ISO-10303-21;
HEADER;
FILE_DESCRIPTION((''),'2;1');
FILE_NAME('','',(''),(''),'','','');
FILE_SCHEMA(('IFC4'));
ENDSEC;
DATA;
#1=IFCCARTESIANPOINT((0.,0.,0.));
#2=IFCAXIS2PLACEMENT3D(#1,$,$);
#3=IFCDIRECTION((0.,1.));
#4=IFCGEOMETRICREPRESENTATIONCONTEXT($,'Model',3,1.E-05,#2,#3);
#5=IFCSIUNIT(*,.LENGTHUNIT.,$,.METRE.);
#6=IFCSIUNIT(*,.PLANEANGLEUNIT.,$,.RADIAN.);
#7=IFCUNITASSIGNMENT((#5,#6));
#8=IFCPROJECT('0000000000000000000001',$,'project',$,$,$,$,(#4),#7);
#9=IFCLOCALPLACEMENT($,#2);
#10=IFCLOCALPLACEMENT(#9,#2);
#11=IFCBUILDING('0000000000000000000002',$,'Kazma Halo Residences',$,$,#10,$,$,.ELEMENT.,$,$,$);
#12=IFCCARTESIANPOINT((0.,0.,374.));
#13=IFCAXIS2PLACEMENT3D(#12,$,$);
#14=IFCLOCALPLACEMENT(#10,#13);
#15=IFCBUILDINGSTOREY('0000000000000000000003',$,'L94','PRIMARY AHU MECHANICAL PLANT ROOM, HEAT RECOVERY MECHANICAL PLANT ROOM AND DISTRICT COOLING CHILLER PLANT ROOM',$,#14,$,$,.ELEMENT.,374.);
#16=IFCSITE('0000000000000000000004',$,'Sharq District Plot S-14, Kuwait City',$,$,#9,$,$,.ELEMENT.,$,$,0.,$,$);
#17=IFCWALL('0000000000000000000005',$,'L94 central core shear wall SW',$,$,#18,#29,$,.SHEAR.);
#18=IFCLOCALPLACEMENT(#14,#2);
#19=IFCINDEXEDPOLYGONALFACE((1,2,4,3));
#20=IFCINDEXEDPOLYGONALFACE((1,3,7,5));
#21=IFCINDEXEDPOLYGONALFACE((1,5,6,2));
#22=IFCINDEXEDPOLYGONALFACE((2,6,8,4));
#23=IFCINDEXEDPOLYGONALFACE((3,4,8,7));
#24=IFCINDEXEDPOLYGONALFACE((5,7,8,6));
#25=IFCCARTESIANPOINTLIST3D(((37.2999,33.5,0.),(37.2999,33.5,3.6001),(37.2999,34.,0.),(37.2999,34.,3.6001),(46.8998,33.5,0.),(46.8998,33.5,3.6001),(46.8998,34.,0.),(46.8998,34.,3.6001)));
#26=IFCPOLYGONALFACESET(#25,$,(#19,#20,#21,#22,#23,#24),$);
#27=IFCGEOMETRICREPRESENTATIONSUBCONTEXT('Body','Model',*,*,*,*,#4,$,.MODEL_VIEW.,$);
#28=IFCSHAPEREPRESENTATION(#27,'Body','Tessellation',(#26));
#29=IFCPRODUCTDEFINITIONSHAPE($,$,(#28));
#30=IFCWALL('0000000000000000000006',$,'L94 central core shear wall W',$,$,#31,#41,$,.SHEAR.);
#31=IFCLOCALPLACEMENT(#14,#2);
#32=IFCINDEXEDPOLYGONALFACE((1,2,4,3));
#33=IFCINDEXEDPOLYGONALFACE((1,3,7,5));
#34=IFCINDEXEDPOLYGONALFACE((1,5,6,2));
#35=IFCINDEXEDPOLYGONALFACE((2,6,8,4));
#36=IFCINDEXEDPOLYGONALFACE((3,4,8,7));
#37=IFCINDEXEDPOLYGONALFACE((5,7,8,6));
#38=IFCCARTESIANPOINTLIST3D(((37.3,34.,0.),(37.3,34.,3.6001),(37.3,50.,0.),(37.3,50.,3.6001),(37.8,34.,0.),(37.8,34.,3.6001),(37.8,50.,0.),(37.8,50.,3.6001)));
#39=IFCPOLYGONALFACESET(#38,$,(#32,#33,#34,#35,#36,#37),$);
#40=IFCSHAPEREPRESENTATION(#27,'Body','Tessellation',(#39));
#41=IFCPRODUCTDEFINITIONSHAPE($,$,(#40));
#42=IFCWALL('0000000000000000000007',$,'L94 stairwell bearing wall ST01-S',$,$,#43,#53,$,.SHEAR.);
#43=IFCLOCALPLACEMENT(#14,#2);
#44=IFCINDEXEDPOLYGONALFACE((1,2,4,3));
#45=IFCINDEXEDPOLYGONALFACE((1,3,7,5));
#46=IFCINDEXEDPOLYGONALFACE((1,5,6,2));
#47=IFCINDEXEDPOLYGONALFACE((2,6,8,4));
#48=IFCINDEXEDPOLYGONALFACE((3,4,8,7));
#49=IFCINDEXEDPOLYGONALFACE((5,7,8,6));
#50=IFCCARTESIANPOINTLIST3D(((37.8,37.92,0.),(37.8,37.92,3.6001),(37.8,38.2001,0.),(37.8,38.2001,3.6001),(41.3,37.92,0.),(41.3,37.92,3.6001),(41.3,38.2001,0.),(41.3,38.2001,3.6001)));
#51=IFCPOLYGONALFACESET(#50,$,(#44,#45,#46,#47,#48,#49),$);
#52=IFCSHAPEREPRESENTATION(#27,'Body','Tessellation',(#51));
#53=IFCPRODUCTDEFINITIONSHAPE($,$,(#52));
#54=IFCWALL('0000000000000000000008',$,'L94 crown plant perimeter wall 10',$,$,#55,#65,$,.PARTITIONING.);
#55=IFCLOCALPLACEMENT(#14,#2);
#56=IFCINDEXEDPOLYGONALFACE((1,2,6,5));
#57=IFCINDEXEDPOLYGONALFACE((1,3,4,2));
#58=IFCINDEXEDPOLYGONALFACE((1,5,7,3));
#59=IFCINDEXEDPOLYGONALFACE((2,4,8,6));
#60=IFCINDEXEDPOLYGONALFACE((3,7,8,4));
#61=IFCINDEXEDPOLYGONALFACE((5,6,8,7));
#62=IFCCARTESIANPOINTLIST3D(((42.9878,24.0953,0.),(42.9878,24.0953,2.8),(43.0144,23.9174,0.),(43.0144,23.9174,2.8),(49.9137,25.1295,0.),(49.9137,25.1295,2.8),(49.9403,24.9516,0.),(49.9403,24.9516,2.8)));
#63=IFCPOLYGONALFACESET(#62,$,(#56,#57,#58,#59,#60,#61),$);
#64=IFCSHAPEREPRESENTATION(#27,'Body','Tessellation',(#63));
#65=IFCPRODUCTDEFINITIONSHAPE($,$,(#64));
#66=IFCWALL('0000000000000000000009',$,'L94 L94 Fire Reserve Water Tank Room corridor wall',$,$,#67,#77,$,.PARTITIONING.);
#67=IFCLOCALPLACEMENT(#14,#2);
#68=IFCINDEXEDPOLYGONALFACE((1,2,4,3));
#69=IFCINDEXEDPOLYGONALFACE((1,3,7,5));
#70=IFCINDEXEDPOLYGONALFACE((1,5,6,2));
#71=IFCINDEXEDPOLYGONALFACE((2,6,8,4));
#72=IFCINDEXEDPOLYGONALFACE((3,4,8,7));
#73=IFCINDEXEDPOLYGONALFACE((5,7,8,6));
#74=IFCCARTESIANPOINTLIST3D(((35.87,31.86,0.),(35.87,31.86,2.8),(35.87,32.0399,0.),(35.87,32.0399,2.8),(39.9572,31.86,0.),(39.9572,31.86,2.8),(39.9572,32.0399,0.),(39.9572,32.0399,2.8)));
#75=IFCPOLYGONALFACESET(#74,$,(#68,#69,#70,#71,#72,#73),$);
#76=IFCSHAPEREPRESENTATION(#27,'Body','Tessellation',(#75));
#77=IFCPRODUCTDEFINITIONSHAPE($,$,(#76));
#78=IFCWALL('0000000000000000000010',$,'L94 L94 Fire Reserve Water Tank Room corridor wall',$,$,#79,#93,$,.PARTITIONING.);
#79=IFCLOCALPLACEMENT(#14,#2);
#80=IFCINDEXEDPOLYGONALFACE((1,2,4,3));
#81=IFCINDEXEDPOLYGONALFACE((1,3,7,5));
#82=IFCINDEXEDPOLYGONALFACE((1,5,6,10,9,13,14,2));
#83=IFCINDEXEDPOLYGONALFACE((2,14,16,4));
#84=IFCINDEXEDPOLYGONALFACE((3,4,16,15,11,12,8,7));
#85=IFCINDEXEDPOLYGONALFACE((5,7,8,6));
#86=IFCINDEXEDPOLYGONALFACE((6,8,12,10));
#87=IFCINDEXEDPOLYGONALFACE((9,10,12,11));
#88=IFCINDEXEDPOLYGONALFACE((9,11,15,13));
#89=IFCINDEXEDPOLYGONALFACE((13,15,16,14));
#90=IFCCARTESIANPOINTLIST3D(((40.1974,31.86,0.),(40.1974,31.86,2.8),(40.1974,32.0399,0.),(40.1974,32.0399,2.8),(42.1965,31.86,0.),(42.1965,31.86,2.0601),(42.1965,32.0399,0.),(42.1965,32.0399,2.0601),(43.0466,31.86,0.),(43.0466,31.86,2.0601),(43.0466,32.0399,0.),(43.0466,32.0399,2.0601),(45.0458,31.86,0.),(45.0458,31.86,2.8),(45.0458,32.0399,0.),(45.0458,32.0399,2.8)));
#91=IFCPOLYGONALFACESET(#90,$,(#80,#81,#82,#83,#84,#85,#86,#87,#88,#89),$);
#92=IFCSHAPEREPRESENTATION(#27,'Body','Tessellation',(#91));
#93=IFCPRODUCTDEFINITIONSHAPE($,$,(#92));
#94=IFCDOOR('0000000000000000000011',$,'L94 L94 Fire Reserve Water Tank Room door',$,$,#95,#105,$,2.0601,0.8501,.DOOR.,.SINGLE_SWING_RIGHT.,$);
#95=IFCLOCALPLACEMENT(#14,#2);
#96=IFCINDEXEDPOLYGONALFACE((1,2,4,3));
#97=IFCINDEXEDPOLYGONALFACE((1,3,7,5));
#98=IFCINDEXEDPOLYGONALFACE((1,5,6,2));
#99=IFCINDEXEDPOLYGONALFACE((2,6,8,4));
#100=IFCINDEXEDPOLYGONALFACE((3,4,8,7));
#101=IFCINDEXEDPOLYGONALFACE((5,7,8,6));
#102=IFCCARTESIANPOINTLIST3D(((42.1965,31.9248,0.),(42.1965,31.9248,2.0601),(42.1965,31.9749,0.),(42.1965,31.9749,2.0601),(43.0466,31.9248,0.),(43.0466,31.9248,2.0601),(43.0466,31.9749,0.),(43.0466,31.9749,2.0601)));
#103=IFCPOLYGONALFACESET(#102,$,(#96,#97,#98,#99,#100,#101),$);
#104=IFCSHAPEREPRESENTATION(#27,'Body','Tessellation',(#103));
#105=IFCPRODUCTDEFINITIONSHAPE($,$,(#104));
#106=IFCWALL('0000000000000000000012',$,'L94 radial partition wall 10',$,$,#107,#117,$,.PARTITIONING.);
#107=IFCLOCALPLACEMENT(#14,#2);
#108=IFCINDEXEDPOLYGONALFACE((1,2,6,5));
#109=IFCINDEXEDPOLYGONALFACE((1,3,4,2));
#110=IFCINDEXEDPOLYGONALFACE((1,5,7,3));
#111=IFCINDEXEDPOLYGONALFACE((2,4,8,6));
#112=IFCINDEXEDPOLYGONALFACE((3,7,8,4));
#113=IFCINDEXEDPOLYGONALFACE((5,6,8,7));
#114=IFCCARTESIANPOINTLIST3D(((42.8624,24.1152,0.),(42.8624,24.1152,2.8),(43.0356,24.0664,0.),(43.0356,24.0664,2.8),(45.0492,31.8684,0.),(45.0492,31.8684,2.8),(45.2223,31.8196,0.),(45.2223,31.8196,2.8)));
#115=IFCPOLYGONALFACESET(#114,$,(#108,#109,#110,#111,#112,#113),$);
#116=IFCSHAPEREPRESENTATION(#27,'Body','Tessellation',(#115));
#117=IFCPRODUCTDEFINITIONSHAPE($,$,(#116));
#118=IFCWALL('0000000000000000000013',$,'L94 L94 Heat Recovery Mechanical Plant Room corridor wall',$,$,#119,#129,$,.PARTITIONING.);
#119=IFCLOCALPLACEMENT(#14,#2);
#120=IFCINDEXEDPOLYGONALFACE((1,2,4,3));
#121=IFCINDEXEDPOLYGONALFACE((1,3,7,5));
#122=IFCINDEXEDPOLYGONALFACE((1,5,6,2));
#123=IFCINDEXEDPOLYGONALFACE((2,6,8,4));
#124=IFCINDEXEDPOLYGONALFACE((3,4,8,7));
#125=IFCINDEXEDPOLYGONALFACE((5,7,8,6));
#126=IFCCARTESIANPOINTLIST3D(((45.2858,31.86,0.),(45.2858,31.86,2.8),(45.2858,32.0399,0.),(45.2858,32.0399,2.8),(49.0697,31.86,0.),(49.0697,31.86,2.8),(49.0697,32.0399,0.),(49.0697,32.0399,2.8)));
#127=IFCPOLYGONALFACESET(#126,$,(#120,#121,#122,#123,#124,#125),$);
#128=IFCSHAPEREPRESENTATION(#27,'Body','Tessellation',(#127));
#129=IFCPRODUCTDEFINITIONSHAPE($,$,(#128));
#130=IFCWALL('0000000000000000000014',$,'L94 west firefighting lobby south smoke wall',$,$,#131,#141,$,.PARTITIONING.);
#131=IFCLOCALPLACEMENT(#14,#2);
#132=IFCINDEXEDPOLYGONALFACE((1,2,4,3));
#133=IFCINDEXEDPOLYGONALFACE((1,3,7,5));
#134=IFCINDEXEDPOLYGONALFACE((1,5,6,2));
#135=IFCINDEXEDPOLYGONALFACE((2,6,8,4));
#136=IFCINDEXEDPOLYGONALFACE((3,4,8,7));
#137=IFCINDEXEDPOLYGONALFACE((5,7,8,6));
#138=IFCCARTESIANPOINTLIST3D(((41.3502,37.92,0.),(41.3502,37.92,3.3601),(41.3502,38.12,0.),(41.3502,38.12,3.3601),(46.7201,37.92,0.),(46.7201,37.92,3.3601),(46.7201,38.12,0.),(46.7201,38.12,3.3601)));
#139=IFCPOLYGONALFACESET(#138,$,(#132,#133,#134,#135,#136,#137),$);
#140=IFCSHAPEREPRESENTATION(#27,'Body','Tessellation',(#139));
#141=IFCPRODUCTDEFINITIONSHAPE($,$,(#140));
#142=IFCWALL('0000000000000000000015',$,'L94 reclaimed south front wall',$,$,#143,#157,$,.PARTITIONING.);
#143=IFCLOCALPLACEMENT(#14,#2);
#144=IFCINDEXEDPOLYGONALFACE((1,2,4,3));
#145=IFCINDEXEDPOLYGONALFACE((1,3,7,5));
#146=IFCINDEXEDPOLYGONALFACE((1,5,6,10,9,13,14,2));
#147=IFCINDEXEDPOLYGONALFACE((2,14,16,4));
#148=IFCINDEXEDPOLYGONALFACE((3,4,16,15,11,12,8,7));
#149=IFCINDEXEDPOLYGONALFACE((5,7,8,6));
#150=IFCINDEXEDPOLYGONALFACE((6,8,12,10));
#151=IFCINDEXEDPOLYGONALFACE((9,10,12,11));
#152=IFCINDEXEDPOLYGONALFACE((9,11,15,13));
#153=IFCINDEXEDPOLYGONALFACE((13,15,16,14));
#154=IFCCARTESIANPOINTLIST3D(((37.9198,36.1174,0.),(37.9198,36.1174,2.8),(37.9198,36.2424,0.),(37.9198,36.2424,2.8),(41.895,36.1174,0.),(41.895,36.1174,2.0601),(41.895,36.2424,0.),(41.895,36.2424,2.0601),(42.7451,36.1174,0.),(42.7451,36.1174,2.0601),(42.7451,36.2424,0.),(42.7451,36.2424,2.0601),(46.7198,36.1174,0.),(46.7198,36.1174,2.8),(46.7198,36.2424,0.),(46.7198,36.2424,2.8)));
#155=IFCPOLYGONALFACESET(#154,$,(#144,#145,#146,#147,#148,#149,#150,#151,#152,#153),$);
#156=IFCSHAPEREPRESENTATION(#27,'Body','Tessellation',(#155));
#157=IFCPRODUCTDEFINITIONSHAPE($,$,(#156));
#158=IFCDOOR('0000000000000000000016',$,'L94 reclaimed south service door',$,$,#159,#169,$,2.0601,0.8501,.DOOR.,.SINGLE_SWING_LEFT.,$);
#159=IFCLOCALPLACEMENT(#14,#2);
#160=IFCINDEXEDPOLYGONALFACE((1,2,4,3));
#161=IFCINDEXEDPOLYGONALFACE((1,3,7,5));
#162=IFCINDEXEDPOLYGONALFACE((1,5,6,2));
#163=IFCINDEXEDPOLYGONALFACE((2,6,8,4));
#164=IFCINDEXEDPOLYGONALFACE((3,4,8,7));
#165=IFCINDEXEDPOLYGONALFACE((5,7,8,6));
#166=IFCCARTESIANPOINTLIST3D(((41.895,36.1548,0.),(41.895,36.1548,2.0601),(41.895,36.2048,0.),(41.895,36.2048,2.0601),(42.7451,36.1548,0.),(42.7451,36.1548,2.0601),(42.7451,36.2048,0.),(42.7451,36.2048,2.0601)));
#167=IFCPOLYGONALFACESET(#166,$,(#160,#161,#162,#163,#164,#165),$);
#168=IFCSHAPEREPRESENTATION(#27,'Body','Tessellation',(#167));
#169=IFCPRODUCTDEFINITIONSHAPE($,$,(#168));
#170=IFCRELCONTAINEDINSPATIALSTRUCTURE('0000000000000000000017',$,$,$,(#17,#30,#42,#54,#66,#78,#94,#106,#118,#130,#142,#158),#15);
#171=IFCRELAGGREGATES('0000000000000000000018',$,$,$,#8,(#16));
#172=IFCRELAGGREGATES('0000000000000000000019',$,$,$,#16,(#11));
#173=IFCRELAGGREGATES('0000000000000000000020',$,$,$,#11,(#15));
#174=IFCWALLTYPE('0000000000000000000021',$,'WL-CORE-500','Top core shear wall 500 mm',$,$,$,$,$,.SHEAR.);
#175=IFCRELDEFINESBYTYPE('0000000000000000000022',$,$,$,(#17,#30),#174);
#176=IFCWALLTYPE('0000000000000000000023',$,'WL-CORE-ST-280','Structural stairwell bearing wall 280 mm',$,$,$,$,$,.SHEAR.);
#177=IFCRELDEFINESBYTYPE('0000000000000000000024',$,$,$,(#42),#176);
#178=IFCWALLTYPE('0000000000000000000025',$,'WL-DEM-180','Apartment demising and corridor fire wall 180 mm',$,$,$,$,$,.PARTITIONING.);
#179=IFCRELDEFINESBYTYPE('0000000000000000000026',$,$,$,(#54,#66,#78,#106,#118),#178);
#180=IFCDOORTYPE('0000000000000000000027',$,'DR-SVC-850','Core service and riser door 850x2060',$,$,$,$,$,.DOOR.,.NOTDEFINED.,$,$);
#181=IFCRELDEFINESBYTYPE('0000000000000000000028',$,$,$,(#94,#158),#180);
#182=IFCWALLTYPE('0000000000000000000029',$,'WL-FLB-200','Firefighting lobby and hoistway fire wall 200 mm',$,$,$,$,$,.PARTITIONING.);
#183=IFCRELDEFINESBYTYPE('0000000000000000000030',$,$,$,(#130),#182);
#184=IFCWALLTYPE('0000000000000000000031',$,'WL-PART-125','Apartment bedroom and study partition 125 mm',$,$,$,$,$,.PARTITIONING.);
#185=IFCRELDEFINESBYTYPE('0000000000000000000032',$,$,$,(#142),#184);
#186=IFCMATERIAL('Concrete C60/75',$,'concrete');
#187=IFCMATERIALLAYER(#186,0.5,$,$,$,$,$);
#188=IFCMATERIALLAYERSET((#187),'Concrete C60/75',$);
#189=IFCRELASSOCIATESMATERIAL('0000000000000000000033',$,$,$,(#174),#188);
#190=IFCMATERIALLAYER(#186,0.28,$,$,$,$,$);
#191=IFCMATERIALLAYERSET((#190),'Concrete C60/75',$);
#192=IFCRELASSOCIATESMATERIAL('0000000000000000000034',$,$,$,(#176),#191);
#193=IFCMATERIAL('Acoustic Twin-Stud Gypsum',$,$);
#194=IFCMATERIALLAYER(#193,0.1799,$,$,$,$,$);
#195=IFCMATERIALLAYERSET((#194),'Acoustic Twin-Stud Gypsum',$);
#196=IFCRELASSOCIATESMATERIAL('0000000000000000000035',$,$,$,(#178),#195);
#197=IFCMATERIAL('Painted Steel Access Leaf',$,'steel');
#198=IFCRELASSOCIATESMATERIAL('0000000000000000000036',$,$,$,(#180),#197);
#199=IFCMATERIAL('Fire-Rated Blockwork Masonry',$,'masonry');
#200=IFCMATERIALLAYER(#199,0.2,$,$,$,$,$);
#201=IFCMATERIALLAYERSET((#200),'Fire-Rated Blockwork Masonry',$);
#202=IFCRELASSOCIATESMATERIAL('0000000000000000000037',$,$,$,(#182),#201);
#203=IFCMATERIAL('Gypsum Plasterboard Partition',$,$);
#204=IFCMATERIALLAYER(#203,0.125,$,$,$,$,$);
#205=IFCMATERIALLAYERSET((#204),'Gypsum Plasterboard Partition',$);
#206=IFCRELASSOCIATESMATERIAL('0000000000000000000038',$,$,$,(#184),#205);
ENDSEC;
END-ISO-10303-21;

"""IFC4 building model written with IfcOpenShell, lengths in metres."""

from ifc_helpers import new_model, si_unit, direction, frame, frame_2d, origin, place, context, subcontext, project, spatial, rectangle, extrude, material, layer, layer_set, type_object, element, fill, save


model = new_model("IFC4")

# Units and contexts
model_context = context("Model", 3, precision=1e-05, world=origin(), true_north=direction((0.0, 1.0)))
body_context = subcontext(model_context, "Body", "Model", "MODEL_VIEW")
ifc_project = project(units=[si_unit("LENGTHUNIT", "METRE"), si_unit("PLANEANGLEUNIT", "RADIAN")], contexts=[model_context])

# Site, building, storey
site_placement = place(None, origin())
site = spatial("IfcSite", under=ifc_project, at=site_placement, Name="Sharq District Plot S-14, Kuwait City", CompositionType="ELEMENT", RefElevation=0.0)
building_placement = place(site_placement, origin())
building = spatial("IfcBuilding", under=site, at=building_placement, Name="Kazma Halo Residences", CompositionType="ELEMENT")
storey_placement = place(building_placement, frame((0.0, 0.0, 374.0)))
storey = spatial("IfcBuildingStorey", under=building, at=storey_placement, Name="L94", Description="PRIMARY AHU MECHANICAL PLANT ROOM, HEAT RECOVERY MECHANICAL PLANT ROOM AND DISTRICT COOLING CHILLER PLANT ROOM", CompositionType="ELEMENT", Elevation=374.0)

# Walls
ifc_material_1 = material(Name="Concrete C60/75", Category="concrete")
ifc_layer_1 = layer(ifc_material_1, 0.5)
ifc_layer_set_1 = layer_set([ifc_layer_1], Name="Concrete C60/75")
wall_type_1 = type_object("IfcWallType", Name="WL-CORE-500", Description="Top core shear wall 500 mm", PredefinedType="SHEAR", material=ifc_layer_set_1)
wall_1_placement = place(storey_placement, frame((37.3, 33.75, 0.0), z_axis=(0.0, 0.0, 1.0), x_axis=(1.0, 0.0, 0.0)))
element("IfcWall", 1, at=wall_1_placement, inside=storey, type_object=wall_type_1, Name="L94 central core shear wall SW", PredefinedType="SHEAR", context=body_context, shape_type="SweptSolid", body=[
    extrude(rectangle(XDim=9.5999, YDim=0.5, at=frame_2d((4.7998, 0.0))), origin(), (0.0, 0.0, 1.0), 3.6001),
])
wall_2_placement = place(storey_placement, frame((37.55, 34.0, 0.0), z_axis=(0.0, 0.0, 1.0), x_axis=(0.0, 1.0, 0.0)))
element("IfcWall", 2, at=wall_2_placement, inside=storey, type_object=wall_type_1, Name="L94 central core shear wall W", PredefinedType="SHEAR", context=body_context, shape_type="SweptSolid", body=[
    extrude(rectangle(XDim=16.0, YDim=0.5, at=frame_2d((8.0, 0.0))), origin(), (0.0, 0.0, 1.0), 3.6001),
])
ifc_layer_2 = layer(ifc_material_1, 0.28)
ifc_layer_set_2 = layer_set([ifc_layer_2], Name="Concrete C60/75")
wall_type_2 = type_object("IfcWallType", Name="WL-CORE-ST-280", Description="Structural stairwell bearing wall 280 mm", PredefinedType="SHEAR", material=ifc_layer_set_2)
wall_3_placement = place(storey_placement, frame((37.8, 38.0601, 0.0), z_axis=(0.0, 0.0, 1.0), x_axis=(1.0, 0.0, 0.0)))
element("IfcWall", 3, at=wall_3_placement, inside=storey, type_object=wall_type_2, Name="L94 stairwell bearing wall ST01-S", PredefinedType="SHEAR", context=body_context, shape_type="SweptSolid", body=[
    extrude(rectangle(XDim=3.5, YDim=0.28, at=frame_2d((1.75, 0.0))), origin(), (0.0, 0.0, 1.0), 3.6001),
])
ifc_material_2 = material(Name="Acoustic Twin-Stud Gypsum")
ifc_layer_3 = layer(ifc_material_2, 0.1799)
ifc_layer_set_3 = layer_set([ifc_layer_3], Name="Acoustic Twin-Stud Gypsum")
wall_type_3 = type_object("IfcWallType", Name="WL-DEM-180", Description="Apartment demising and corridor fire wall 180 mm", PredefinedType="PARTITIONING", material=ifc_layer_set_3)
wall_4_placement = place(storey_placement, frame((43.001, 24.0063, 0.0), z_axis=(0.0, 0.0, 1.0), x_axis=(0.989034, 0.147686, 0.0)))
element("IfcWall", 4, at=wall_4_placement, inside=storey, type_object=wall_type_3, Name="L94 crown plant perimeter wall 10", PredefinedType="PARTITIONING", context=body_context, shape_type="SweptSolid", body=[
    extrude(rectangle(XDim=7.0027, YDim=0.1799, at=frame_2d((3.5015, 0.0))), origin(), (0.0, 0.0, 1.0), 2.8),
])
wall_5_placement = place(storey_placement, frame((35.8701, 31.95, 0.0), z_axis=(0.0, 0.0, 1.0), x_axis=(1.0, 0.0, 0.0)))
element("IfcWall", 5, at=wall_5_placement, inside=storey, type_object=wall_type_3, Name="L94 L94 Fire Reserve Water Tank Room corridor wall", PredefinedType="PARTITIONING", context=body_context, shape_type="SweptSolid", body=[
    extrude(rectangle(XDim=4.0872, YDim=0.1799, at=frame_2d((2.0435, 0.0))), origin(), (0.0, 0.0, 1.0), 2.8),
])

# Wall, opening, door
wall_6_placement = place(storey_placement, frame((40.1973, 31.95, 0.0), z_axis=(0.0, 0.0, 1.0), x_axis=(1.0, 0.0, 0.0)))
wall_6 = element("IfcWall", 6, at=wall_6_placement, inside=storey, type_object=wall_type_3, Name="L94 L94 Fire Reserve Water Tank Room corridor wall", PredefinedType="PARTITIONING", context=body_context, shape_type="SweptSolid", body=[
    extrude(rectangle(XDim=4.8484, YDim=0.1799, at=frame_2d((2.4243, 0.0))), origin(), (0.0, 0.0, 1.0), 2.8),
])
opening_1_placement = place(wall_6_placement, frame((1.9993, 0.0, 0.0)))
opening_1 = element("IfcOpeningElement", 7, at=opening_1_placement, cuts=wall_6, PredefinedType="OPENING", context=body_context, shape_type="SweptSolid", body=[
    extrude(rectangle(XDim=0.8501, YDim=2.0601, at=frame_2d((0.425, 1.03))), frame((0.0, 0.0999, 0.0), z_axis=(0.0, -1.0, 0.0), x_axis=(1.0, 0.0, 0.0)), (0.0, 0.0, 1.0), 0.2),
])
ifc_material_3 = material(Name="Painted Steel Access Leaf", Category="steel")
door_type_1 = type_object("IfcDoorType", Name="DR-SVC-850", Description="Core service and riser door 850x2060", OperationType="NOTDEFINED", PredefinedType="DOOR", material=ifc_material_3)
door_1_placement = place(opening_1_placement, origin())
door_1 = element("IfcDoor", 8, at=door_1_placement, inside=storey, type_object=door_type_1, Name="L94 L94 Fire Reserve Water Tank Room door", OperationType="SINGLE_SWING_RIGHT", OverallHeight=2.0601, OverallWidth=0.8501, PredefinedType="DOOR", context=body_context, shape_type="SweptSolid", body=[
    extrude(rectangle(XDim=0.8501, YDim=2.0601, at=frame_2d((0.425, 1.03))), frame((0.0, 0.0249, 0.0), z_axis=(0.0, -1.0, 0.0), x_axis=(1.0, 0.0, 0.0)), (0.0, 0.0, 1.0), 0.05),
])
fill(opening_1, door_1)

# Walls
wall_7_placement = place(storey_placement, frame((45.1357, 31.844, 0.0), z_axis=(0.0, 0.0, 1.0), x_axis=(-0.271457, -0.96245, 0.0)))
element("IfcWall", 9, at=wall_7_placement, inside=storey, type_object=wall_type_3, Name="L94 radial partition wall 10", PredefinedType="PARTITIONING", context=body_context, shape_type="SweptSolid", body=[
    extrude(rectangle(XDim=8.0557, YDim=0.1799, at=frame_2d((4.0278, 0.0))), origin(), (0.0, 0.0, 1.0), 2.8),
])
wall_8_placement = place(storey_placement, frame((45.2856, 31.95, 0.0), z_axis=(0.0, 0.0, 1.0), x_axis=(1.0, 0.0, 0.0)))
element("IfcWall", 10, at=wall_8_placement, inside=storey, type_object=wall_type_3, Name="L94 L94 Heat Recovery Mechanical Plant Room corridor wall", PredefinedType="PARTITIONING", context=body_context, shape_type="SweptSolid", body=[
    extrude(rectangle(XDim=3.7839, YDim=0.1799, at=frame_2d((1.8921, 0.0))), origin(), (0.0, 0.0, 1.0), 2.8),
])
ifc_material_4 = material(Name="Fire-Rated Blockwork Masonry", Category="masonry")
ifc_layer_4 = layer(ifc_material_4, 0.2)
ifc_layer_set_4 = layer_set([ifc_layer_4], Name="Fire-Rated Blockwork Masonry")
wall_type_4 = type_object("IfcWallType", Name="WL-FLB-200", Description="Firefighting lobby and hoistway fire wall 200 mm", PredefinedType="PARTITIONING", material=ifc_layer_set_4)
wall_9_placement = place(storey_placement, frame((41.3501, 38.02, 0.0), z_axis=(0.0, 0.0, 1.0), x_axis=(1.0, 0.0, 0.0)))
element("IfcWall", 11, at=wall_9_placement, inside=storey, type_object=wall_type_4, Name="L94 west firefighting lobby south smoke wall", PredefinedType="PARTITIONING", context=body_context, shape_type="SweptSolid", body=[
    extrude(rectangle(XDim=5.3699, YDim=0.2, at=frame_2d((2.6851, 0.0))), origin(), (0.0, 0.0, 1.0), 3.3601),
])

# Wall, opening, door
ifc_material_5 = material(Name="Gypsum Plasterboard Partition")
ifc_layer_5 = layer(ifc_material_5, 0.125)
ifc_layer_set_5 = layer_set([ifc_layer_5], Name="Gypsum Plasterboard Partition")
wall_type_5 = type_object("IfcWallType", Name="WL-PART-125", Description="Apartment bedroom and study partition 125 mm", PredefinedType="PARTITIONING", material=ifc_layer_set_5)
wall_10_placement = place(storey_placement, frame((37.9199, 36.1799, 0.0), z_axis=(0.0, 0.0, 1.0), x_axis=(1.0, 0.0, 0.0)))
wall_10 = element("IfcWall", 12, at=wall_10_placement, inside=storey, type_object=wall_type_5, Name="L94 reclaimed south front wall", PredefinedType="PARTITIONING", context=body_context, shape_type="SweptSolid", body=[
    extrude(rectangle(XDim=8.8, YDim=0.125, at=frame_2d((4.3999, 0.0))), origin(), (0.0, 0.0, 1.0), 2.8),
])
opening_2_placement = place(wall_10_placement, frame((3.9751, 0.0, 0.0)))
opening_2 = element("IfcOpeningElement", 13, at=opening_2_placement, cuts=wall_10, PredefinedType="OPENING", context=body_context, shape_type="SweptSolid", body=[
    extrude(rectangle(XDim=0.8501, YDim=2.0601, at=frame_2d((0.425, 1.03))), frame((0.0, 0.0725, 0.0), z_axis=(0.0, -1.0, 0.0), x_axis=(1.0, 0.0, 0.0)), (0.0, 0.0, 1.0), 0.145),
])
door_2_placement = place(opening_2_placement, origin())
door_2 = element("IfcDoor", 14, at=door_2_placement, inside=storey, type_object=door_type_1, Name="L94 reclaimed south service door", OperationType="SINGLE_SWING_LEFT", OverallHeight=2.0601, OverallWidth=0.8501, PredefinedType="DOOR", context=body_context, shape_type="SweptSolid", body=[
    extrude(rectangle(XDim=0.8501, YDim=2.0601, at=frame_2d((0.425, 1.03))), frame((0.0, 0.0249, 0.0), z_axis=(0.0, -1.0, 0.0), x_axis=(1.0, 0.0, 0.0)), (0.0, 0.0, 1.0), 0.05),
])
fill(opening_2, door_2)

save(model, "model.ifc")
